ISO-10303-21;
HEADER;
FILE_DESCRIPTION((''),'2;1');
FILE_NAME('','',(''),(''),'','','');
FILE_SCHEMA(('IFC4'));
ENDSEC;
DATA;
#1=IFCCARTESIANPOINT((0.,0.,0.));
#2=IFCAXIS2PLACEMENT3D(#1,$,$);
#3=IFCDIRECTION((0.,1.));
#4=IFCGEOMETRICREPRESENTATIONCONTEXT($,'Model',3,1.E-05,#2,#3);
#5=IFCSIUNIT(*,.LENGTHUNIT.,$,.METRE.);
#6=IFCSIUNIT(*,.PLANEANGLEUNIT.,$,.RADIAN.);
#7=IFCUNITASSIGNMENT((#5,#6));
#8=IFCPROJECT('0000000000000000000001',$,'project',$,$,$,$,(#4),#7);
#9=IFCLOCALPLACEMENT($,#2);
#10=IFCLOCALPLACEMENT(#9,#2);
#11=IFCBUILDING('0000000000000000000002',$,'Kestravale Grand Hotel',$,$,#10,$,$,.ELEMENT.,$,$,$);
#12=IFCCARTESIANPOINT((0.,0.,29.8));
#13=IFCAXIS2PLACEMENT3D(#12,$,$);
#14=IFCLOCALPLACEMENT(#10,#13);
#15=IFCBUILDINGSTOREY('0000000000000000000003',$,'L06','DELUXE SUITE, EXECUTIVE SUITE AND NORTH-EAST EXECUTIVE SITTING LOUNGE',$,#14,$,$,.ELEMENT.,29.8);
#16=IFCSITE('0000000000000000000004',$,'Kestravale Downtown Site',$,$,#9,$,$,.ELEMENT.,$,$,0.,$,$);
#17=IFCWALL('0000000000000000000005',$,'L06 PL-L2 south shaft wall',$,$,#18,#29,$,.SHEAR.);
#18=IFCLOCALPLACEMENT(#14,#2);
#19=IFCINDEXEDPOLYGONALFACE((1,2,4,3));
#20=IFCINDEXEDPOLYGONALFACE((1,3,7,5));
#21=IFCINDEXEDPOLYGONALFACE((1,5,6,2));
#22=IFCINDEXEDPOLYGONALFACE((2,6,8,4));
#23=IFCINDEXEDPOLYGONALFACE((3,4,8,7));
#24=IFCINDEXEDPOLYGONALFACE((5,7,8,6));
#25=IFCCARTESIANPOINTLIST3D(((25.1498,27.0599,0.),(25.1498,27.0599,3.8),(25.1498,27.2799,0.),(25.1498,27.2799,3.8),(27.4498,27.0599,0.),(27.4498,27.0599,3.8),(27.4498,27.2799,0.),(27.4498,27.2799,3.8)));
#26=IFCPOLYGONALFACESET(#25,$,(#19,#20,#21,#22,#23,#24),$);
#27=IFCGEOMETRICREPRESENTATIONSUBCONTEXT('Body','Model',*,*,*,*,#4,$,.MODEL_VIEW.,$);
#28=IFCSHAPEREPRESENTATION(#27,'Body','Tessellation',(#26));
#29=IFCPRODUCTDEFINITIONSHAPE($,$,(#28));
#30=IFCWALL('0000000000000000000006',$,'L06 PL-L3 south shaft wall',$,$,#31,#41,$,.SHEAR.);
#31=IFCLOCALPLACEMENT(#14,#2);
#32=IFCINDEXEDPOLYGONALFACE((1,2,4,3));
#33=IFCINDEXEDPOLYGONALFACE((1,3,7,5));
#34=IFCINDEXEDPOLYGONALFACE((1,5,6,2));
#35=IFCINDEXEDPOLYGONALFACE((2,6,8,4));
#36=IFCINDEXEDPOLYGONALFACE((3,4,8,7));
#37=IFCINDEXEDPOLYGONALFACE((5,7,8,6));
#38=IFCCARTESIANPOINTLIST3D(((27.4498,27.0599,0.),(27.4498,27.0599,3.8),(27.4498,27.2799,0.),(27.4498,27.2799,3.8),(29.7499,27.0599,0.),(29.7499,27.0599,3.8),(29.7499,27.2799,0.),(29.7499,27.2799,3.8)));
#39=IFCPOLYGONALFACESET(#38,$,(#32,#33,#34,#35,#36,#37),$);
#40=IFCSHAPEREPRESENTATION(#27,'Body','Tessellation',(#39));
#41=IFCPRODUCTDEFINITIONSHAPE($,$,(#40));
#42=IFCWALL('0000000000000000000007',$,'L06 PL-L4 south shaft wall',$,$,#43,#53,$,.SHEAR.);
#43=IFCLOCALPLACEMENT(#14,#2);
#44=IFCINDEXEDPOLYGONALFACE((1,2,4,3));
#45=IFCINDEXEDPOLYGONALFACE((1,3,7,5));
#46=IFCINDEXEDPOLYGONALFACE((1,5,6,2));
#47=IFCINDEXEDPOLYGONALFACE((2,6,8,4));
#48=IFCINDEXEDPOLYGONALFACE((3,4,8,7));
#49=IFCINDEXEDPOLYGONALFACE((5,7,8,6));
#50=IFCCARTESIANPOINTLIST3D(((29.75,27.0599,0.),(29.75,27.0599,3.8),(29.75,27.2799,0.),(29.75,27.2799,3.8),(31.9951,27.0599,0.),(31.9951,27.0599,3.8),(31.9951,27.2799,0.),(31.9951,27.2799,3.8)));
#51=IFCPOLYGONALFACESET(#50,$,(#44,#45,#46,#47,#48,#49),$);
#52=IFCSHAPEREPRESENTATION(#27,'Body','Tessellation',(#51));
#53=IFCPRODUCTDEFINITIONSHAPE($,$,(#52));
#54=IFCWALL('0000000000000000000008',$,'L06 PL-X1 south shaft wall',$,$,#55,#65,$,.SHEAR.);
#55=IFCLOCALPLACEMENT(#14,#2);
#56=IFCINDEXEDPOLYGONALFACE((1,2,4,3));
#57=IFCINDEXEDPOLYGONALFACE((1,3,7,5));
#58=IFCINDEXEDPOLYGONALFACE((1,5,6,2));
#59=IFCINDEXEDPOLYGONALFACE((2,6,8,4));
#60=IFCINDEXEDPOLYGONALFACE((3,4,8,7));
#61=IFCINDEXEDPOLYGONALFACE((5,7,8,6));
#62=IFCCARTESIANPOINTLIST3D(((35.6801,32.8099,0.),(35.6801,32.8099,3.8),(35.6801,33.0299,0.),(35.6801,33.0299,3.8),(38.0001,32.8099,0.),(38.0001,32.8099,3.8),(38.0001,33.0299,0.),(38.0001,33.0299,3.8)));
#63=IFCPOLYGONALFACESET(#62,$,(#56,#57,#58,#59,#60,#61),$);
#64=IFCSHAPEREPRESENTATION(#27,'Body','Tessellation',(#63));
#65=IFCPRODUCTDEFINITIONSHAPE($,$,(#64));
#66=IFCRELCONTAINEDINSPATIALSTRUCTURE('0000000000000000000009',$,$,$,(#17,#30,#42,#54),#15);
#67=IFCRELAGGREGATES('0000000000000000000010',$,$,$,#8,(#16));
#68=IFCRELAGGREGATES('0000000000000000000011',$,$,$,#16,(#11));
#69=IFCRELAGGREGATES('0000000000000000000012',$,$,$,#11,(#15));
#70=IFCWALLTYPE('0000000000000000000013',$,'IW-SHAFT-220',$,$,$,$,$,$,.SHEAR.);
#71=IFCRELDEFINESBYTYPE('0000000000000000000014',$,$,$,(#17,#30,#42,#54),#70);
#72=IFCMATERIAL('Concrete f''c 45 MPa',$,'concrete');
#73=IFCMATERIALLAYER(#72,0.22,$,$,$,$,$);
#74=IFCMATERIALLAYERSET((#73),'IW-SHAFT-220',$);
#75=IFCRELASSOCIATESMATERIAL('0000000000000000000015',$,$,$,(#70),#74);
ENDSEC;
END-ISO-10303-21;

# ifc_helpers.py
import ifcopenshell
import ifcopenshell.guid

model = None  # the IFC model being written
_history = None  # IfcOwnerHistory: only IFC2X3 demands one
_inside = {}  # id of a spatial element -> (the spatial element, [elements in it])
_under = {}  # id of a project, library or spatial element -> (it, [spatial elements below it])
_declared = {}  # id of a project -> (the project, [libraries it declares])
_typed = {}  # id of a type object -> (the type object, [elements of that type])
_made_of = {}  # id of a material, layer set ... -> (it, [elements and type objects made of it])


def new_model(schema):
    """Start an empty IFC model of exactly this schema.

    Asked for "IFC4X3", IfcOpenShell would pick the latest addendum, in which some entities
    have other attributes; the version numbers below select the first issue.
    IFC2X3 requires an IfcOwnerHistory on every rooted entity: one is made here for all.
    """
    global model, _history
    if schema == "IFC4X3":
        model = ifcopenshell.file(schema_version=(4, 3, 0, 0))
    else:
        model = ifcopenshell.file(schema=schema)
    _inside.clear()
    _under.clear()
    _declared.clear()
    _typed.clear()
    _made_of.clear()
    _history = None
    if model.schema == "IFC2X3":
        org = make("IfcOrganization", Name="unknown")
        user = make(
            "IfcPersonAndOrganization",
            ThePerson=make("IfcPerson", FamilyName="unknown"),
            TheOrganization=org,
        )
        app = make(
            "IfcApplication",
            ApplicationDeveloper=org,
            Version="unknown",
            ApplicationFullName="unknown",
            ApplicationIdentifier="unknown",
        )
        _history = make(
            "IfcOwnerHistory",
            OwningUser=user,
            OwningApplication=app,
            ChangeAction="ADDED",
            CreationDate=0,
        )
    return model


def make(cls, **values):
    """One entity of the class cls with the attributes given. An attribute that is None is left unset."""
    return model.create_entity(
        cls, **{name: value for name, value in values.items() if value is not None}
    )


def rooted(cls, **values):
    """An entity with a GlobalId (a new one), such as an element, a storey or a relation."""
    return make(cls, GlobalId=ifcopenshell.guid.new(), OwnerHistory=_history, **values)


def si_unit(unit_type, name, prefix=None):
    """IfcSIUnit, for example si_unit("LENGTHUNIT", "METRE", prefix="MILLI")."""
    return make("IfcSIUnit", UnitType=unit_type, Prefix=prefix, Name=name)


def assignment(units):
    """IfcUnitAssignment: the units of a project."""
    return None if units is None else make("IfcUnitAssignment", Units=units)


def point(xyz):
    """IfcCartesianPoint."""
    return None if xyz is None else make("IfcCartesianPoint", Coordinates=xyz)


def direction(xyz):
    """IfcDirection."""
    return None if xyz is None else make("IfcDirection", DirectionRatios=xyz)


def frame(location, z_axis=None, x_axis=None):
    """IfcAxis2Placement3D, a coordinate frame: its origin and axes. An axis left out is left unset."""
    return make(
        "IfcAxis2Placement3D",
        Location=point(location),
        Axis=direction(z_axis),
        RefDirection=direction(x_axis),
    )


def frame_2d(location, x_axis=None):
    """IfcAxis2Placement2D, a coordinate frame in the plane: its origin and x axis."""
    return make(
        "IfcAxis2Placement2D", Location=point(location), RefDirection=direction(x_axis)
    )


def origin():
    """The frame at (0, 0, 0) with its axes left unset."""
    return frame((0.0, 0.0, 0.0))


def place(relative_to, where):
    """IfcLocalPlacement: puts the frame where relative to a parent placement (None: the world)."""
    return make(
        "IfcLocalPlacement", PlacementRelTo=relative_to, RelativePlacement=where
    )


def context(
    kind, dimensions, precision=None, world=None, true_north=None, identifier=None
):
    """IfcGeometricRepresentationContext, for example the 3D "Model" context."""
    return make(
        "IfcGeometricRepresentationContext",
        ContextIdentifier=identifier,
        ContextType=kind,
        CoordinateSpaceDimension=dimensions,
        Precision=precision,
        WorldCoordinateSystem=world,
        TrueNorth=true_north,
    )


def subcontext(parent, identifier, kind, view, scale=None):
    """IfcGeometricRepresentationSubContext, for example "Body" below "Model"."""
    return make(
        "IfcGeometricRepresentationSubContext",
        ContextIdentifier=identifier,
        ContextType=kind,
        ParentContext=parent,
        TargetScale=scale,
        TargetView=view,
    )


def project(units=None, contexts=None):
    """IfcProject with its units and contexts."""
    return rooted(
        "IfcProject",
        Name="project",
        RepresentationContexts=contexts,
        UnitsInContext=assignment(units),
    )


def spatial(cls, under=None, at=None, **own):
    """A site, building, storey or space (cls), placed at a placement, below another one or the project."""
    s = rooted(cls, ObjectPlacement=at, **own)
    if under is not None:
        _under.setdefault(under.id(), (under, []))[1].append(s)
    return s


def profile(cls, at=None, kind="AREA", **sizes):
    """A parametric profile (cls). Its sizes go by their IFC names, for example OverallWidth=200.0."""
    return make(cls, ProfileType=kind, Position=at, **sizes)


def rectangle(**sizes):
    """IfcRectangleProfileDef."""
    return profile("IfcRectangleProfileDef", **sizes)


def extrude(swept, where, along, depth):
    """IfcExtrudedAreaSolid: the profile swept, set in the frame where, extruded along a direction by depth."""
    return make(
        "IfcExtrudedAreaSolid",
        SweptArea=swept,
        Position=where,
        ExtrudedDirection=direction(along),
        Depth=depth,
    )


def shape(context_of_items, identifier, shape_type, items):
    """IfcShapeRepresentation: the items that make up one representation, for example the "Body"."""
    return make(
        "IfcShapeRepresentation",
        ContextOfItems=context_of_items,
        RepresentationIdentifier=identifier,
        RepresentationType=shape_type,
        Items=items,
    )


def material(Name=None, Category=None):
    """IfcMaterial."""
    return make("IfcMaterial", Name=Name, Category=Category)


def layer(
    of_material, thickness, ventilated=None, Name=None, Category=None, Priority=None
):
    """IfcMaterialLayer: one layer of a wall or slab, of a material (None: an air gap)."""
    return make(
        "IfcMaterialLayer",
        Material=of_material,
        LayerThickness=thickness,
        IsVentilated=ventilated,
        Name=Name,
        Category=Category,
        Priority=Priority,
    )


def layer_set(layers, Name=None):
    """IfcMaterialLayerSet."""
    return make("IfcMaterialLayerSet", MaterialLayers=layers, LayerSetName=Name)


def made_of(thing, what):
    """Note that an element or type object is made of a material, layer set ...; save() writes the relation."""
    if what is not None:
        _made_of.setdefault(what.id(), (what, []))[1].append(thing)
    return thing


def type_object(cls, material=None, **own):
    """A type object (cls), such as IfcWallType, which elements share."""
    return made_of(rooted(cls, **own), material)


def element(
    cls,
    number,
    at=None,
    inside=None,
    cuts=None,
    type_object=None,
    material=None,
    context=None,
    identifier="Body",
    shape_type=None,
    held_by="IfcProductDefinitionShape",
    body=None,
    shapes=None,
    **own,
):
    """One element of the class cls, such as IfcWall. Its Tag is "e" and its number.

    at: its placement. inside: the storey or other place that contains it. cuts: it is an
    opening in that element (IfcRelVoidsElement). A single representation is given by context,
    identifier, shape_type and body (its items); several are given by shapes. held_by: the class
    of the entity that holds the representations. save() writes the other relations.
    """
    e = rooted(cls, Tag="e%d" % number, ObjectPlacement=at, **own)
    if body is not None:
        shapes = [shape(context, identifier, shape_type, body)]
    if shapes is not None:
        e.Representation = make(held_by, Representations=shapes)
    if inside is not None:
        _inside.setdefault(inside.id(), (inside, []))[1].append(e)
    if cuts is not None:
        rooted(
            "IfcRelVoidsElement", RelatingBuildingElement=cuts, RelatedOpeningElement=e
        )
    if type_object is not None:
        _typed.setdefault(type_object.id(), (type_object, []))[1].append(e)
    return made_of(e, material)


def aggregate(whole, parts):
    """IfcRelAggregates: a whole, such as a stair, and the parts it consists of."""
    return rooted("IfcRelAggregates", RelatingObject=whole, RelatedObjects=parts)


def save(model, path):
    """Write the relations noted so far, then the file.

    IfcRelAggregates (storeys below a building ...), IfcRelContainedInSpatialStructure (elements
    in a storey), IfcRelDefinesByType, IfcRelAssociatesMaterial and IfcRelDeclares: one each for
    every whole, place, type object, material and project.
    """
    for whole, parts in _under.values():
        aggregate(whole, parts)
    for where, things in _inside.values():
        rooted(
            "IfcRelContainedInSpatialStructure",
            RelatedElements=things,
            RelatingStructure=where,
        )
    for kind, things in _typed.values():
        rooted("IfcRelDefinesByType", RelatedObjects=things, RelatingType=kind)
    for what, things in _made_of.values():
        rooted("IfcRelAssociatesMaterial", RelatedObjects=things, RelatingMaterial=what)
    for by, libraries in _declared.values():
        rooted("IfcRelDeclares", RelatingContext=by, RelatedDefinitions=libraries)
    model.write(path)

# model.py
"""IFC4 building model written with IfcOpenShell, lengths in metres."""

from ifc_helpers import new_model, si_unit, direction, frame, frame_2d, origin, place, context, subcontext, project, spatial, rectangle, extrude, material, layer, layer_set, type_object, element, save


model = new_model("IFC4")

# Units and contexts
model_context = context("Model", 3, precision=1e-05, world=origin(), true_north=direction((0.0, 1.0)))
body_context = subcontext(model_context, "Body", "Model", "MODEL_VIEW")
ifc_project = project(units=[si_unit("LENGTHUNIT", "METRE"), si_unit("PLANEANGLEUNIT", "RADIAN")], contexts=[model_context])

# Site, building, storey
site_placement = place(None, origin())
site = spatial("IfcSite", under=ifc_project, at=site_placement, Name="Kestravale Downtown Site", CompositionType="ELEMENT", RefElevation=0.0)
building_placement = place(site_placement, origin())
building = spatial("IfcBuilding", under=site, at=building_placement, Name="Kestravale Grand Hotel", CompositionType="ELEMENT")
storey_placement = place(building_placement, frame((0.0, 0.0, 29.8)))
storey = spatial("IfcBuildingStorey", under=building, at=storey_placement, Name="L06", Description="DELUXE SUITE, EXECUTIVE SUITE AND NORTH-EAST EXECUTIVE SITTING LOUNGE", CompositionType="ELEMENT", Elevation=29.8)

# Shared definitions
ifc_material_1 = material(Name="Concrete f'c 45 MPa", Category="concrete")
ifc_layer_1 = layer(ifc_material_1, 0.22)
ifc_layer_set_1 = layer_set([ifc_layer_1], Name="IW-SHAFT-220")
wall_type_1 = type_object("IfcWallType", Name="IW-SHAFT-220", PredefinedType="SHEAR", material=ifc_layer_set_1)

# Wall
wall_1_placement = place(storey_placement, frame((25.1499, 27.1699, 0.0), z_axis=(0.0, 0.0, 1.0), x_axis=(1.0, 0.0, 0.0)))
element("IfcWall", 1, at=wall_1_placement, inside=storey, type_object=wall_type_1, Name="L06 PL-L2 south shaft wall", PredefinedType="SHEAR", context=body_context, shape_type="SweptSolid", body=[
    extrude(rectangle(XDim=2.3, YDim=0.22, at=frame_2d((1.1499, 0.0))), origin(), (0.0, 0.0, 1.0), 3.8),
])

# Wall
wall_2_placement = place(storey_placement, frame((27.45, 27.1699, 0.0), z_axis=(0.0, 0.0, 1.0), x_axis=(1.0, 0.0, 0.0)))
element("IfcWall", 2, at=wall_2_placement, inside=storey, type_object=wall_type_1, Name="L06 PL-L3 south shaft wall", PredefinedType="SHEAR", context=body_context, shape_type="SweptSolid", body=[
    extrude(rectangle(XDim=2.3, YDim=0.22, at=frame_2d((1.1499, 0.0))), origin(), (0.0, 0.0, 1.0), 3.8),
])

# Walls
wall_3_placement = place(storey_placement, frame((29.75, 27.1699, 0.0), z_axis=(0.0, 0.0, 1.0), x_axis=(1.0, 0.0, 0.0)))
element("IfcWall", 3, at=wall_3_placement, inside=storey, type_object=wall_type_1, Name="L06 PL-L4 south shaft wall", PredefinedType="SHEAR", context=body_context, shape_type="SweptSolid", body=[
    extrude(rectangle(XDim=2.2451, YDim=0.22, at=frame_2d((1.1226, 0.0))), origin(), (0.0, 0.0, 1.0), 3.8),
])
wall_4_placement = place(storey_placement, frame((35.6799, 32.9199, 0.0), z_axis=(0.0, 0.0, 1.0), x_axis=(1.0, 0.0, 0.0)))
element("IfcWall", 4, at=wall_4_placement, inside=storey, type_object=wall_type_1, Name="L06 PL-X1 south shaft wall", PredefinedType="SHEAR", context=body_context, shape_type="SweptSolid", body=[
    extrude(rectangle(XDim=2.3201, YDim=0.22, at=frame_2d((1.1602, 0.0))), origin(), (0.0, 0.0, 1.0), 3.8),
])

save(model, "model.ifc")
